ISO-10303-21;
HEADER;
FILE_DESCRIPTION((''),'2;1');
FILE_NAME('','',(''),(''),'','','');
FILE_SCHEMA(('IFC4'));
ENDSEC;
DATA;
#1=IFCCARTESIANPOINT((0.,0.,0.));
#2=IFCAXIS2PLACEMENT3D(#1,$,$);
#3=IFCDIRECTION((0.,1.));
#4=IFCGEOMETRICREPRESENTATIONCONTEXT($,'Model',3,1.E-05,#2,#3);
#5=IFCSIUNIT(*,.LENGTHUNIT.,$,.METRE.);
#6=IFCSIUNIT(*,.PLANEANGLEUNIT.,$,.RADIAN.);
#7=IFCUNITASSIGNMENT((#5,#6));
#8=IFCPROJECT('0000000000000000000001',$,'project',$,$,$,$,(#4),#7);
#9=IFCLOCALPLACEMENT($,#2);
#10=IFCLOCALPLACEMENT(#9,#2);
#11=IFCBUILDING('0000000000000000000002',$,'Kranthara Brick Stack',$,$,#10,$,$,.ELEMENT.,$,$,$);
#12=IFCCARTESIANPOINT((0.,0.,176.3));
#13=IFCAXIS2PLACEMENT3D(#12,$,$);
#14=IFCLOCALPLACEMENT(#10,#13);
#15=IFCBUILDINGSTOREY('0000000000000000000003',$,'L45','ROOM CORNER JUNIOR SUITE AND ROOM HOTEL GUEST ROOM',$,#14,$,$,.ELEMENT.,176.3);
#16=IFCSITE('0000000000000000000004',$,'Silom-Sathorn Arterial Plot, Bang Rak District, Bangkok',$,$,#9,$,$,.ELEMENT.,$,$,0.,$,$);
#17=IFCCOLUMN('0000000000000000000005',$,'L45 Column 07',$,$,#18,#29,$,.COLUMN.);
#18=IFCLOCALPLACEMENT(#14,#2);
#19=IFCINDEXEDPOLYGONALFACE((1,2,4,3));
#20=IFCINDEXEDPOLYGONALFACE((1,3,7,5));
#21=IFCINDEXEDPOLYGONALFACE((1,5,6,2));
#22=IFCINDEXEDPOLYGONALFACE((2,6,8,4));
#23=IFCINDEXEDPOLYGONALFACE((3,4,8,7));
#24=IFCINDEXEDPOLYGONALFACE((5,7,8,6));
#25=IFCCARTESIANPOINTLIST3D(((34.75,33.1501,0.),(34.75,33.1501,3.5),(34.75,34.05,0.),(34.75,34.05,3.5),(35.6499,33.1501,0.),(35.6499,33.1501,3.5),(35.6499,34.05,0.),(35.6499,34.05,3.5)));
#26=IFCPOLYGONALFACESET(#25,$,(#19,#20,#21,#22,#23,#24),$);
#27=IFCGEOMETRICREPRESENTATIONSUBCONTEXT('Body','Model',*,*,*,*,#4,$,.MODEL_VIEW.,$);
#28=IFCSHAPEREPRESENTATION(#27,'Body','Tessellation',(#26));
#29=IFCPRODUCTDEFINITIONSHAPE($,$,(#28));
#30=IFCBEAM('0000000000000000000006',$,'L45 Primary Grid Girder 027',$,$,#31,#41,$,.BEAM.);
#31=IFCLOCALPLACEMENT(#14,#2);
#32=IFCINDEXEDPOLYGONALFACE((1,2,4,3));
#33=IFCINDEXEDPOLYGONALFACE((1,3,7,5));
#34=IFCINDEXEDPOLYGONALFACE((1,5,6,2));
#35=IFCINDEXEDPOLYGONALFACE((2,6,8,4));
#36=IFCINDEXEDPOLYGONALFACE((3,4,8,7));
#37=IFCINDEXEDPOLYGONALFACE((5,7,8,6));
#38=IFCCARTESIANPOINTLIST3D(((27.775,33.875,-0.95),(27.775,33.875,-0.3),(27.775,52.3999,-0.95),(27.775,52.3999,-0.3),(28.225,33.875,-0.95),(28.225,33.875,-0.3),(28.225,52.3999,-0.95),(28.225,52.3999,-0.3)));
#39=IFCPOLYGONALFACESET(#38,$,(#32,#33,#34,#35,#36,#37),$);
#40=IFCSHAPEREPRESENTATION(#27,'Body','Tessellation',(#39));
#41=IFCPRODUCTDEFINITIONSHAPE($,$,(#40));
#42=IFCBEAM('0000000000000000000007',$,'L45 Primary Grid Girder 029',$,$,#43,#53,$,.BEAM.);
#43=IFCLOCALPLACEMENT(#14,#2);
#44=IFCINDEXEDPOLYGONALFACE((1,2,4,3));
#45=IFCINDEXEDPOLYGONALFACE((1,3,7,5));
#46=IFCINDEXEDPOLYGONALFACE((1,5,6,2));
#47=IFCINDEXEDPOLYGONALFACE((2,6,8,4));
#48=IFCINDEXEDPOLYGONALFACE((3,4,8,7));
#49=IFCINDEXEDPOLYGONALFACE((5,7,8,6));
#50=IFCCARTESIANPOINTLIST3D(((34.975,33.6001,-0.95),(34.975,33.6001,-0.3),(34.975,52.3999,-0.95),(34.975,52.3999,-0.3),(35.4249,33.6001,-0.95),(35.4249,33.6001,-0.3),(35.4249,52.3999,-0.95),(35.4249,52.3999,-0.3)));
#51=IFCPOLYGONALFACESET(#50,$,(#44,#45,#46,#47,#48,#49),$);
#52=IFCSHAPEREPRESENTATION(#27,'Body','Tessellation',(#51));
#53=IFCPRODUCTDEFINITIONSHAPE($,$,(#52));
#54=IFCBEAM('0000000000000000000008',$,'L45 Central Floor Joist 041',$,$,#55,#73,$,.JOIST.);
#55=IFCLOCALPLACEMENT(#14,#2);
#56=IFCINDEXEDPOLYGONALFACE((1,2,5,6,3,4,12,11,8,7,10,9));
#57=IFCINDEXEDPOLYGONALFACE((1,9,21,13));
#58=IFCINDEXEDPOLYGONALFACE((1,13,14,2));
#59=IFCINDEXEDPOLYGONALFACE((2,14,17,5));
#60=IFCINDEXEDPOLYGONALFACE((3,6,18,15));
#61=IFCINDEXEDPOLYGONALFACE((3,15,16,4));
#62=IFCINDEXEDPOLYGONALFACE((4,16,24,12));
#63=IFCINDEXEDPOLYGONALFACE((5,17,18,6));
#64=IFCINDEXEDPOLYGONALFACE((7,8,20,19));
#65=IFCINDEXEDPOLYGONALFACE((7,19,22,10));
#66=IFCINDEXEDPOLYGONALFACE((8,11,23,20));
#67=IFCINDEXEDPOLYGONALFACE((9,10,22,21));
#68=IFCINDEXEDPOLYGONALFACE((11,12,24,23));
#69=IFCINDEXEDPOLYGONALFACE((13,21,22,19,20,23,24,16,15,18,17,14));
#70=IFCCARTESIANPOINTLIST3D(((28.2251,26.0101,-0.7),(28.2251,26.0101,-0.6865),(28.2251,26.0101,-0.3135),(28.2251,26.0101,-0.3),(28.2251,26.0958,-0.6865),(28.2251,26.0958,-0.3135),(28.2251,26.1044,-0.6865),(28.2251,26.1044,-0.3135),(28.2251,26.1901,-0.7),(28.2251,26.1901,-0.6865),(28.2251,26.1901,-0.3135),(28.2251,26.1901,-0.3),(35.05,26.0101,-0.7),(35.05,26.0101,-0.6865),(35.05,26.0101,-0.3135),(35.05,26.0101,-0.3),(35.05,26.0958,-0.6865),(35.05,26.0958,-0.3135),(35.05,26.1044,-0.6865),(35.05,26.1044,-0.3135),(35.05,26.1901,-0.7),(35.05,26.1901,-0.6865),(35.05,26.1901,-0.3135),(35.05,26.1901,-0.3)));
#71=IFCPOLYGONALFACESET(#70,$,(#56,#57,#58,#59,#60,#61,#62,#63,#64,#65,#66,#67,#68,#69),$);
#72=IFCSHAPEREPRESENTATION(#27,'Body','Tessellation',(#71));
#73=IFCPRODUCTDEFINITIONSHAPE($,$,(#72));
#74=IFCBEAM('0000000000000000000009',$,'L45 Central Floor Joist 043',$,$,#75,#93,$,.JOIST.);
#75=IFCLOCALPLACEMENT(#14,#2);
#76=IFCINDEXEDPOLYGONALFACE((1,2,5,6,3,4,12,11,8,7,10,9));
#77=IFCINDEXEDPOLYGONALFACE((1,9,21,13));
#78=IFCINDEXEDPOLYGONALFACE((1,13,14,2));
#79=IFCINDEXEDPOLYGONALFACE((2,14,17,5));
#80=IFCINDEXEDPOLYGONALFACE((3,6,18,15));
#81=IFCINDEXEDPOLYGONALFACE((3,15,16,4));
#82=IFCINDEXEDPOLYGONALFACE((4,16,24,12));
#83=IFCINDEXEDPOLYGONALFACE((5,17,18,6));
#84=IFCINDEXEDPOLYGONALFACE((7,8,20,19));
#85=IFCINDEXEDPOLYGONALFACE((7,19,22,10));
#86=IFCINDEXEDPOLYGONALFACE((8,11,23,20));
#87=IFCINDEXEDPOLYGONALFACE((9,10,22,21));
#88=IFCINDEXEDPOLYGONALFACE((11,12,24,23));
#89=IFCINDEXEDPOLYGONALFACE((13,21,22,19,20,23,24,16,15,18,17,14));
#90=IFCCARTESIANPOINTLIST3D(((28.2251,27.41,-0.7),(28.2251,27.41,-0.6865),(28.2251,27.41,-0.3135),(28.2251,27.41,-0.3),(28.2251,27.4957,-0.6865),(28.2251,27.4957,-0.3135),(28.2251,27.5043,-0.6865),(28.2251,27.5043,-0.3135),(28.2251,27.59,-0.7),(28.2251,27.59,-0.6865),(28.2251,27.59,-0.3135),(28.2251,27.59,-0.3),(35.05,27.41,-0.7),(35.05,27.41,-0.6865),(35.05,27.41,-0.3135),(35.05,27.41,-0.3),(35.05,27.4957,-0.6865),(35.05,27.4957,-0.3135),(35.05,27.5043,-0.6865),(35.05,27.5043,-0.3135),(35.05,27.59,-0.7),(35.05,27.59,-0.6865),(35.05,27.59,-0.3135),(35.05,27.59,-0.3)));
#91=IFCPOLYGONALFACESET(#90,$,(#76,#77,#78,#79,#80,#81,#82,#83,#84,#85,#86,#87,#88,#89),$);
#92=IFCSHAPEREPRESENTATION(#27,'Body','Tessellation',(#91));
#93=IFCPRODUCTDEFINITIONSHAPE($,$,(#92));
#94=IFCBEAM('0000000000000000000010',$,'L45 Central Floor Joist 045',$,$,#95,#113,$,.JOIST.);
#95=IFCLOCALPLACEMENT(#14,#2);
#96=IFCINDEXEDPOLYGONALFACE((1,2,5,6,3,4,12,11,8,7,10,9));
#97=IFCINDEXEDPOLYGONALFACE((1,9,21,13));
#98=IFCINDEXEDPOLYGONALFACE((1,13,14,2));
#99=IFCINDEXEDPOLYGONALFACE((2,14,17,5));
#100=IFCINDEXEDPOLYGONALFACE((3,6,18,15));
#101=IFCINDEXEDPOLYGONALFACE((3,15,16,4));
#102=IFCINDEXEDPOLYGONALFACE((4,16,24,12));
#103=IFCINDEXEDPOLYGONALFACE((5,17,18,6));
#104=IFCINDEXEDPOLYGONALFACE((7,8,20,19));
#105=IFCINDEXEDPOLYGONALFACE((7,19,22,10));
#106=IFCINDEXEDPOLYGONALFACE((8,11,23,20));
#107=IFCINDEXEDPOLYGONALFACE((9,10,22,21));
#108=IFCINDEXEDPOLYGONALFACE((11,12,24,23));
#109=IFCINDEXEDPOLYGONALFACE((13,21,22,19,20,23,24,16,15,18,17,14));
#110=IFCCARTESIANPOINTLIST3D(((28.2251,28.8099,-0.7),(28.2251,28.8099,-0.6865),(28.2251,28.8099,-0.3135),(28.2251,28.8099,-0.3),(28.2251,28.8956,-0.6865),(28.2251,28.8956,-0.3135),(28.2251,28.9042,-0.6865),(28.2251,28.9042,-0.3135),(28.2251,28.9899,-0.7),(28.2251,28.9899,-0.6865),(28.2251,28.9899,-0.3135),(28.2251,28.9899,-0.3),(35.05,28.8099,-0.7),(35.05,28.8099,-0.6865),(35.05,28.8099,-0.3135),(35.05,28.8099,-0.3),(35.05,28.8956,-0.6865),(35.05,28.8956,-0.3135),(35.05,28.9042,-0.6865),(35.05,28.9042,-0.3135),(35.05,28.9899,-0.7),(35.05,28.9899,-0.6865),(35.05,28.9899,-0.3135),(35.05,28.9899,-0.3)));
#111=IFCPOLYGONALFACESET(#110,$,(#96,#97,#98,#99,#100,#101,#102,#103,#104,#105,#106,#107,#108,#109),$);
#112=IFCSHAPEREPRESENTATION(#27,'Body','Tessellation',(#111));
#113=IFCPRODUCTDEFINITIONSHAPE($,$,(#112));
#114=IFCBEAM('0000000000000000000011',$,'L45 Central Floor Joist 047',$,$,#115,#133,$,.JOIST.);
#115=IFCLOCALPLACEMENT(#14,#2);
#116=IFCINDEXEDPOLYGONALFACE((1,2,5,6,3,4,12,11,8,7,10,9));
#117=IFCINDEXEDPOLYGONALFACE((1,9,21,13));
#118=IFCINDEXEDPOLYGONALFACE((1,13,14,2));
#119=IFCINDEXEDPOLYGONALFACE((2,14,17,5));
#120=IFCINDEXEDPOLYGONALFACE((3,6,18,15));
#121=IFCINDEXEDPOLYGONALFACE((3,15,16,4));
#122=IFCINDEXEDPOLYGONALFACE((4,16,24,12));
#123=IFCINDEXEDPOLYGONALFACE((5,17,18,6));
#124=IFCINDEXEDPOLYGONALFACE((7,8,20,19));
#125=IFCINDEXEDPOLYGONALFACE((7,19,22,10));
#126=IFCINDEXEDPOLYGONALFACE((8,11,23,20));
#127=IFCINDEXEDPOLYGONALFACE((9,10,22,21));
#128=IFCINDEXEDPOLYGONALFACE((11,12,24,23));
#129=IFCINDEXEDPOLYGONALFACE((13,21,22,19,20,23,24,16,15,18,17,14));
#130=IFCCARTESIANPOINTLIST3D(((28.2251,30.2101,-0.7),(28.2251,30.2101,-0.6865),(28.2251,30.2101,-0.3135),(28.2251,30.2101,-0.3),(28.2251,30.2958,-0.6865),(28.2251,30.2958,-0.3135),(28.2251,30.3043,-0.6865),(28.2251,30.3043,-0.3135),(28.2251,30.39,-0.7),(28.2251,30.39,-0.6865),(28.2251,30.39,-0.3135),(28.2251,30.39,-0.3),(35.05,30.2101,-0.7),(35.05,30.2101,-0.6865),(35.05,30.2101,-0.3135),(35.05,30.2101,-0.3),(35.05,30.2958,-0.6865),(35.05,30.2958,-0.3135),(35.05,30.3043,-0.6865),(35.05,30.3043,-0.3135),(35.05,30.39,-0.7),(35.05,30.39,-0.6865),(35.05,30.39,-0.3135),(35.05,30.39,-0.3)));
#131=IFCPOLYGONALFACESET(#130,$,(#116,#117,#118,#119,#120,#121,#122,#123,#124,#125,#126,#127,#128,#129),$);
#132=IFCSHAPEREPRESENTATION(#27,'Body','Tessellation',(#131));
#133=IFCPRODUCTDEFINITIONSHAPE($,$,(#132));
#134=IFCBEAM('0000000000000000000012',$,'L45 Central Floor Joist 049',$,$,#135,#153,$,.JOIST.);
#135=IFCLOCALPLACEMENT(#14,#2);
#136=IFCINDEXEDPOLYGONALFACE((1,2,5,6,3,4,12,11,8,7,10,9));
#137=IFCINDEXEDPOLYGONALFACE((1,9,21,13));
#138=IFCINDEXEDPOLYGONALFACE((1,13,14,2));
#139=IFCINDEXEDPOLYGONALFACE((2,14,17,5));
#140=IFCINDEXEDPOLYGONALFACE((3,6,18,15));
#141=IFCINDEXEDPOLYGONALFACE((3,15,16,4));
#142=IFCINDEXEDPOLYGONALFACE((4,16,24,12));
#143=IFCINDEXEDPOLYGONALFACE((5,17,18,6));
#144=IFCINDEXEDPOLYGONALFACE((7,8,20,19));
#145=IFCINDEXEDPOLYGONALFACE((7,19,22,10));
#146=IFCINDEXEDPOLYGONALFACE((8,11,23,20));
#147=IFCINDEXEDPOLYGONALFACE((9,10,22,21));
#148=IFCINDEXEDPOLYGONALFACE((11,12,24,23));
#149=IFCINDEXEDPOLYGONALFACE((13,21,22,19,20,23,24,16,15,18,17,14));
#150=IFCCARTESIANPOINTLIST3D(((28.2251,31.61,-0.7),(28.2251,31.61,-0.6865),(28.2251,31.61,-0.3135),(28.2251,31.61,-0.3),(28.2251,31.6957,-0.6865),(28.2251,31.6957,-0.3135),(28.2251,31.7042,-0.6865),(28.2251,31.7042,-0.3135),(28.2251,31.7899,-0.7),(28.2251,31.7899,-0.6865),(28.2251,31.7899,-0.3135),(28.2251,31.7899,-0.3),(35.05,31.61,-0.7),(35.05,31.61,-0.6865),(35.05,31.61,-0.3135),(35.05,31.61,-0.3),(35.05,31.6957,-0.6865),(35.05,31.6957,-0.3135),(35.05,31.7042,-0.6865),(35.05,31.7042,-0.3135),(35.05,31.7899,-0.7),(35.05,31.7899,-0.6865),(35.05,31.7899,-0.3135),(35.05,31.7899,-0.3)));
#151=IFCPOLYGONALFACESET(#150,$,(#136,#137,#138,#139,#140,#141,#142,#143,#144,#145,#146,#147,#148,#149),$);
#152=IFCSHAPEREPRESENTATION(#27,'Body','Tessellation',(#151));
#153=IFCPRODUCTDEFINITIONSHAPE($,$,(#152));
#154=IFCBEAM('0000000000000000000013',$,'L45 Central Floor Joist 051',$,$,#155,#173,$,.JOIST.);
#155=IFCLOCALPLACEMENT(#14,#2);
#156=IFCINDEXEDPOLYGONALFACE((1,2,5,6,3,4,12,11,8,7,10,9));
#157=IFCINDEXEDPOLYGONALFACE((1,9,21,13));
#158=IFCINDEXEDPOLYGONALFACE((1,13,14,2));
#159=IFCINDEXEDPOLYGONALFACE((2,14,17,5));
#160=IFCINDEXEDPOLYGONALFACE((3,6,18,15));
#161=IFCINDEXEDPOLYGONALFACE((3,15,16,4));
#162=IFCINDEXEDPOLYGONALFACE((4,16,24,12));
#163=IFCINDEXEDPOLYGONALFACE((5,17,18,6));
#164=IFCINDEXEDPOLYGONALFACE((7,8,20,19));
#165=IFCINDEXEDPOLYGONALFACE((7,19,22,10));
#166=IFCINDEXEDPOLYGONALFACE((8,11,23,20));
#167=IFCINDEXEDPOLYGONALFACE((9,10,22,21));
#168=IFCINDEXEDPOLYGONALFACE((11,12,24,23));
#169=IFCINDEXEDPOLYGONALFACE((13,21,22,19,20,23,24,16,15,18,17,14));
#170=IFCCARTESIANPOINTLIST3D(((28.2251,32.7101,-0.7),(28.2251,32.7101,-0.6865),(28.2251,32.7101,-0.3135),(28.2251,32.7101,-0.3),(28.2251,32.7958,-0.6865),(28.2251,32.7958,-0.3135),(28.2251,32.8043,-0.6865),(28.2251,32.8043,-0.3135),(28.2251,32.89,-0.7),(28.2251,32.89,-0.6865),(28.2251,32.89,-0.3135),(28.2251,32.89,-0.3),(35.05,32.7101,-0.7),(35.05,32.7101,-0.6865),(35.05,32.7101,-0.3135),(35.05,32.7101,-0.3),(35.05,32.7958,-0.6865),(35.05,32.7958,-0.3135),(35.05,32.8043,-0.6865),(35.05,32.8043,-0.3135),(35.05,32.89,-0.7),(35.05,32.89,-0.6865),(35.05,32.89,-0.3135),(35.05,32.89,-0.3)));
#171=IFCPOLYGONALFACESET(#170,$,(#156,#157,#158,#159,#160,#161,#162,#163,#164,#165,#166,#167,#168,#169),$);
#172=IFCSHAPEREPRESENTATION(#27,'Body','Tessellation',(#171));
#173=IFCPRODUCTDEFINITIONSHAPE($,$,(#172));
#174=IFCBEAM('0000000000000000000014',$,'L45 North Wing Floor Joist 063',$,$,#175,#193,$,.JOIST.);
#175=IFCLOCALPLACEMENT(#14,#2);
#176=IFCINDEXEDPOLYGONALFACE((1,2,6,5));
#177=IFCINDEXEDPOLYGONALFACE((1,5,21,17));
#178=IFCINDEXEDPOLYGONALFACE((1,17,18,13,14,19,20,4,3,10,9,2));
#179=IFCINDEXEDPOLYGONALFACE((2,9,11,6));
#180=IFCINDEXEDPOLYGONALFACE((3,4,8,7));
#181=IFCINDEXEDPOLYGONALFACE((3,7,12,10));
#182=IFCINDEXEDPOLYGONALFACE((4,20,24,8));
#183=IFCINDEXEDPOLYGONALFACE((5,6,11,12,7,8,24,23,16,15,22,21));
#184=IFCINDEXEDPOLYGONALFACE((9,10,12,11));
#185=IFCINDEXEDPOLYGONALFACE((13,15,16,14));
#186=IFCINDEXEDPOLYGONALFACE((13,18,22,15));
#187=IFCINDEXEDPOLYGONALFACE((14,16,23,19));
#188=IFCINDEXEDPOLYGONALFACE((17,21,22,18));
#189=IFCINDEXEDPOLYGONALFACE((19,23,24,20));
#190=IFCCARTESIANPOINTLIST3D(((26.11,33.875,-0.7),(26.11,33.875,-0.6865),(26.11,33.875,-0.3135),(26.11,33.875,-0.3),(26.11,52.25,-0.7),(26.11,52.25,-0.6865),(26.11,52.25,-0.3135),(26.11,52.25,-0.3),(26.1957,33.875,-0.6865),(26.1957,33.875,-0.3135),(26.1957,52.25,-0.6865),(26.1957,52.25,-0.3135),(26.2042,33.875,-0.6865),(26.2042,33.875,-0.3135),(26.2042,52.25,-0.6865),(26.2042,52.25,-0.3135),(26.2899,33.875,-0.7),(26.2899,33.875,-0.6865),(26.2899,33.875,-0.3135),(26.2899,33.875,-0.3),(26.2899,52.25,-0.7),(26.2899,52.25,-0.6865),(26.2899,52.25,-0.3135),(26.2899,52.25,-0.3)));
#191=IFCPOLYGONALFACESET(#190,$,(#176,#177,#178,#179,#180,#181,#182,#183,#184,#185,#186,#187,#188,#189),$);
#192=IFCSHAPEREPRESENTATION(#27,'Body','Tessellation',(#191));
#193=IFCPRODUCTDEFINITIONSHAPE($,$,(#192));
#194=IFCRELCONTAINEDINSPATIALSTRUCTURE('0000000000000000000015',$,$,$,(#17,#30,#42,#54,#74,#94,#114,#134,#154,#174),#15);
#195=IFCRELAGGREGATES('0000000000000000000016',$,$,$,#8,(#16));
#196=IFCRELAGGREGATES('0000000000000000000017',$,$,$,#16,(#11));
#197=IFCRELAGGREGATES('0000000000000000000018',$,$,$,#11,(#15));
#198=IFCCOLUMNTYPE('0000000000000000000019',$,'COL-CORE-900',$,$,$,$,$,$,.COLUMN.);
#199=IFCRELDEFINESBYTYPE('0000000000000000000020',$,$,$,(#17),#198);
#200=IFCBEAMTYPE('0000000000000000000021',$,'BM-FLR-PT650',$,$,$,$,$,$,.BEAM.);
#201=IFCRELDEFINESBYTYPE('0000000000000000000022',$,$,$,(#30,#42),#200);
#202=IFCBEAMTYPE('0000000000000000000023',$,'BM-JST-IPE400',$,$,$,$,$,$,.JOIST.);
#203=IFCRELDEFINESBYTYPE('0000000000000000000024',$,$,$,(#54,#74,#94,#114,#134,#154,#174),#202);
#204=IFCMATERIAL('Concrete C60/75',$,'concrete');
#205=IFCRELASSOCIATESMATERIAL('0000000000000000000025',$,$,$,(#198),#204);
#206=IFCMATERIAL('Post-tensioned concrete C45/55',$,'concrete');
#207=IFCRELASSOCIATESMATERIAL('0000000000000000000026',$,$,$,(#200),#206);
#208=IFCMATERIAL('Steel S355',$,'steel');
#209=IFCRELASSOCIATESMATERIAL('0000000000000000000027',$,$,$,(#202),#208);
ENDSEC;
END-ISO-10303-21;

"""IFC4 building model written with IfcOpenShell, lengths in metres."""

from ifc_helpers import new_model, si_unit, direction, frame, origin, origin_2d, place, context, subcontext, project, spatial, rectangle, i_section, extrude, material, material_profile, profile_set, type_object, element, save


model = new_model("IFC4")

# Units and contexts
model_context = context("Model", 3, precision=1e-05, world=origin(), true_north=direction((0.0, 1.0)))
body_context = subcontext(model_context, "Body", "Model", "MODEL_VIEW")
ifc_project = project(units=[si_unit("LENGTHUNIT", "METRE"), si_unit("PLANEANGLEUNIT", "RADIAN")], contexts=[model_context])

# Site, building, storey
site_placement = place(None, origin())
site = spatial("IfcSite", under=ifc_project, at=site_placement, Name="Silom-Sathorn Arterial Plot, Bang Rak District, Bangkok", CompositionType="ELEMENT", RefElevation=0.0)
building_placement = place(site_placement, origin())
building = spatial("IfcBuilding", under=site, at=building_placement, Name="Kranthara Brick Stack", CompositionType="ELEMENT")
storey_placement = place(building_placement, frame((0.0, 0.0, 176.3)))
storey = spatial("IfcBuildingStorey", under=building, at=storey_placement, Name="L45", Description="ROOM CORNER JUNIOR SUITE AND ROOM HOTEL GUEST ROOM", CompositionType="ELEMENT", Elevation=176.3)

# Column
ifc_material_1 = material(Name="Concrete C60/75", Category="concrete")
ifc_material_profile_1 = material_profile(ifc_material_1, rectangle(XDim=0.8999, YDim=0.8999, at=origin_2d()), Name="RC 900x900")
ifc_profile_set_1 = profile_set([ifc_material_profile_1], Name="Concrete C60/75")
column_type = type_object("IfcColumnType", Name="COL-CORE-900", PredefinedType="COLUMN", material=ifc_profile_set_1)
column_placement = place(storey_placement, frame((35.2, 33.6001, 0.0), z_axis=(0.0, 0.0, 1.0), x_axis=(1.0, 0.0, 0.0)))
element("IfcColumn", 1, at=column_placement, inside=storey, type_object=column_type, Name="L45 Column 07", PredefinedType="COLUMN", context=body_context, shape_type="SweptSolid", body=[
    extrude(rectangle(XDim=0.8999, YDim=0.8999, at=origin_2d()), origin(), (0.0, 0.0, 1.0), 3.5),
])

# Beams
ifc_material_2 = material(Name="Post-tensioned concrete C45/55", Category="concrete")
ifc_material_profile_2 = material_profile(ifc_material_2, rectangle(XDim=0.45, YDim=0.6499, at=origin_2d()), Name="PT 450x650")
ifc_profile_set_2 = profile_set([ifc_material_profile_2], Name="Post-tensioned concrete C45/55")
beam_type_1 = type_object("IfcBeamType", Name="BM-FLR-PT650", PredefinedType="BEAM", material=ifc_profile_set_2)
beam_1_placement = place(storey_placement, frame((28.0, 33.875, -0.625), z_axis=(0.0, 1.0, 0.0), x_axis=(-1.0, 0.0, 0.0)))
element("IfcBeam", 2, at=beam_1_placement, inside=storey, type_object=beam_type_1, Name="L45 Primary Grid Girder 027", PredefinedType="BEAM", context=body_context, shape_type="SweptSolid", body=[
    extrude(rectangle(XDim=0.45, YDim=0.6499, at=origin_2d()), origin(), (0.0, 0.0, 1.0), 18.5249),
])
beam_2_placement = place(storey_placement, frame((35.2, 33.6001, -0.625), z_axis=(0.0, 1.0, 0.0), x_axis=(-1.0, 0.0, 0.0)))
element("IfcBeam", 3, at=beam_2_placement, inside=storey, type_object=beam_type_1, Name="L45 Primary Grid Girder 029", PredefinedType="BEAM", context=body_context, shape_type="SweptSolid", body=[
    extrude(rectangle(XDim=0.45, YDim=0.6499, at=origin_2d()), origin(), (0.0, 0.0, 1.0), 18.7998),
])
ifc_material_3 = material(Name="Steel S355", Category="steel")
ifc_material_profile_3 = material_profile(ifc_material_3, i_section(OverallWidth=0.1799, OverallDepth=0.3999, WebThickness=0.0085, FlangeThickness=0.0134, at=origin_2d()), Name="IPE 400")
ifc_profile_set_3 = profile_set([ifc_material_profile_3], Name="Steel S355")
beam_type_2 = type_object("IfcBeamType", Name="BM-JST-IPE400", PredefinedType="JOIST", material=ifc_profile_set_3)
for number, where, z_axis, x_axis, name in (
    (4, (28.2251, 26.1001, -0.5), (1.0, 0.0, 0.0), (0.0, 1.0, 0.0), "L45 Central Floor Joist 041"),
    (5, (28.2251, 27.5, -0.5), (1.0, 0.0, 0.0), (0.0, 1.0, 0.0), "L45 Central Floor Joist 043"),
    (6, (28.2251, 28.8999, -0.5), (1.0, 0.0, 0.0), (0.0, 1.0, 0.0), "L45 Central Floor Joist 045"),
    (7, (28.2251, 30.3, -0.5), (1.0, 0.0, 0.0), (0.0, 1.0, 0.0), "L45 Central Floor Joist 047"),
    (8, (28.2251, 31.7, -0.5), (1.0, 0.0, 0.0), (0.0, 1.0, 0.0), "L45 Central Floor Joist 049"),
    (9, (28.2251, 32.8, -0.5), (1.0, 0.0, 0.0), (0.0, 1.0, 0.0), "L45 Central Floor Joist 051"),
):
    element("IfcBeam", number, at=place(storey_placement, frame(where, z_axis=z_axis, x_axis=x_axis)), inside=storey, type_object=beam_type_2, Name=name, PredefinedType="JOIST", context=body_context, shape_type="SweptSolid", body=[
        extrude(i_section(OverallWidth=0.1799, OverallDepth=0.3999, WebThickness=0.0085, FlangeThickness=0.0134, at=origin_2d()), origin(), (0.0, 0.0, 1.0), 6.825),
    ])
beam_3_placement = place(storey_placement, frame((26.2, 33.875, -0.5), z_axis=(0.0, 1.0, 0.0), x_axis=(-1.0, 0.0, 0.0)))
element("IfcBeam", 10, at=beam_3_placement, inside=storey, type_object=beam_type_2, Name="L45 North Wing Floor Joist 063", PredefinedType="JOIST", context=body_context, shape_type="SweptSolid", body=[
    extrude(i_section(OverallWidth=0.1799, OverallDepth=0.3999, WebThickness=0.0085, FlangeThickness=0.0134, at=origin_2d()), origin(), (0.0, 0.0, 1.0), 18.375),
])

save(model, "model.ifc")
